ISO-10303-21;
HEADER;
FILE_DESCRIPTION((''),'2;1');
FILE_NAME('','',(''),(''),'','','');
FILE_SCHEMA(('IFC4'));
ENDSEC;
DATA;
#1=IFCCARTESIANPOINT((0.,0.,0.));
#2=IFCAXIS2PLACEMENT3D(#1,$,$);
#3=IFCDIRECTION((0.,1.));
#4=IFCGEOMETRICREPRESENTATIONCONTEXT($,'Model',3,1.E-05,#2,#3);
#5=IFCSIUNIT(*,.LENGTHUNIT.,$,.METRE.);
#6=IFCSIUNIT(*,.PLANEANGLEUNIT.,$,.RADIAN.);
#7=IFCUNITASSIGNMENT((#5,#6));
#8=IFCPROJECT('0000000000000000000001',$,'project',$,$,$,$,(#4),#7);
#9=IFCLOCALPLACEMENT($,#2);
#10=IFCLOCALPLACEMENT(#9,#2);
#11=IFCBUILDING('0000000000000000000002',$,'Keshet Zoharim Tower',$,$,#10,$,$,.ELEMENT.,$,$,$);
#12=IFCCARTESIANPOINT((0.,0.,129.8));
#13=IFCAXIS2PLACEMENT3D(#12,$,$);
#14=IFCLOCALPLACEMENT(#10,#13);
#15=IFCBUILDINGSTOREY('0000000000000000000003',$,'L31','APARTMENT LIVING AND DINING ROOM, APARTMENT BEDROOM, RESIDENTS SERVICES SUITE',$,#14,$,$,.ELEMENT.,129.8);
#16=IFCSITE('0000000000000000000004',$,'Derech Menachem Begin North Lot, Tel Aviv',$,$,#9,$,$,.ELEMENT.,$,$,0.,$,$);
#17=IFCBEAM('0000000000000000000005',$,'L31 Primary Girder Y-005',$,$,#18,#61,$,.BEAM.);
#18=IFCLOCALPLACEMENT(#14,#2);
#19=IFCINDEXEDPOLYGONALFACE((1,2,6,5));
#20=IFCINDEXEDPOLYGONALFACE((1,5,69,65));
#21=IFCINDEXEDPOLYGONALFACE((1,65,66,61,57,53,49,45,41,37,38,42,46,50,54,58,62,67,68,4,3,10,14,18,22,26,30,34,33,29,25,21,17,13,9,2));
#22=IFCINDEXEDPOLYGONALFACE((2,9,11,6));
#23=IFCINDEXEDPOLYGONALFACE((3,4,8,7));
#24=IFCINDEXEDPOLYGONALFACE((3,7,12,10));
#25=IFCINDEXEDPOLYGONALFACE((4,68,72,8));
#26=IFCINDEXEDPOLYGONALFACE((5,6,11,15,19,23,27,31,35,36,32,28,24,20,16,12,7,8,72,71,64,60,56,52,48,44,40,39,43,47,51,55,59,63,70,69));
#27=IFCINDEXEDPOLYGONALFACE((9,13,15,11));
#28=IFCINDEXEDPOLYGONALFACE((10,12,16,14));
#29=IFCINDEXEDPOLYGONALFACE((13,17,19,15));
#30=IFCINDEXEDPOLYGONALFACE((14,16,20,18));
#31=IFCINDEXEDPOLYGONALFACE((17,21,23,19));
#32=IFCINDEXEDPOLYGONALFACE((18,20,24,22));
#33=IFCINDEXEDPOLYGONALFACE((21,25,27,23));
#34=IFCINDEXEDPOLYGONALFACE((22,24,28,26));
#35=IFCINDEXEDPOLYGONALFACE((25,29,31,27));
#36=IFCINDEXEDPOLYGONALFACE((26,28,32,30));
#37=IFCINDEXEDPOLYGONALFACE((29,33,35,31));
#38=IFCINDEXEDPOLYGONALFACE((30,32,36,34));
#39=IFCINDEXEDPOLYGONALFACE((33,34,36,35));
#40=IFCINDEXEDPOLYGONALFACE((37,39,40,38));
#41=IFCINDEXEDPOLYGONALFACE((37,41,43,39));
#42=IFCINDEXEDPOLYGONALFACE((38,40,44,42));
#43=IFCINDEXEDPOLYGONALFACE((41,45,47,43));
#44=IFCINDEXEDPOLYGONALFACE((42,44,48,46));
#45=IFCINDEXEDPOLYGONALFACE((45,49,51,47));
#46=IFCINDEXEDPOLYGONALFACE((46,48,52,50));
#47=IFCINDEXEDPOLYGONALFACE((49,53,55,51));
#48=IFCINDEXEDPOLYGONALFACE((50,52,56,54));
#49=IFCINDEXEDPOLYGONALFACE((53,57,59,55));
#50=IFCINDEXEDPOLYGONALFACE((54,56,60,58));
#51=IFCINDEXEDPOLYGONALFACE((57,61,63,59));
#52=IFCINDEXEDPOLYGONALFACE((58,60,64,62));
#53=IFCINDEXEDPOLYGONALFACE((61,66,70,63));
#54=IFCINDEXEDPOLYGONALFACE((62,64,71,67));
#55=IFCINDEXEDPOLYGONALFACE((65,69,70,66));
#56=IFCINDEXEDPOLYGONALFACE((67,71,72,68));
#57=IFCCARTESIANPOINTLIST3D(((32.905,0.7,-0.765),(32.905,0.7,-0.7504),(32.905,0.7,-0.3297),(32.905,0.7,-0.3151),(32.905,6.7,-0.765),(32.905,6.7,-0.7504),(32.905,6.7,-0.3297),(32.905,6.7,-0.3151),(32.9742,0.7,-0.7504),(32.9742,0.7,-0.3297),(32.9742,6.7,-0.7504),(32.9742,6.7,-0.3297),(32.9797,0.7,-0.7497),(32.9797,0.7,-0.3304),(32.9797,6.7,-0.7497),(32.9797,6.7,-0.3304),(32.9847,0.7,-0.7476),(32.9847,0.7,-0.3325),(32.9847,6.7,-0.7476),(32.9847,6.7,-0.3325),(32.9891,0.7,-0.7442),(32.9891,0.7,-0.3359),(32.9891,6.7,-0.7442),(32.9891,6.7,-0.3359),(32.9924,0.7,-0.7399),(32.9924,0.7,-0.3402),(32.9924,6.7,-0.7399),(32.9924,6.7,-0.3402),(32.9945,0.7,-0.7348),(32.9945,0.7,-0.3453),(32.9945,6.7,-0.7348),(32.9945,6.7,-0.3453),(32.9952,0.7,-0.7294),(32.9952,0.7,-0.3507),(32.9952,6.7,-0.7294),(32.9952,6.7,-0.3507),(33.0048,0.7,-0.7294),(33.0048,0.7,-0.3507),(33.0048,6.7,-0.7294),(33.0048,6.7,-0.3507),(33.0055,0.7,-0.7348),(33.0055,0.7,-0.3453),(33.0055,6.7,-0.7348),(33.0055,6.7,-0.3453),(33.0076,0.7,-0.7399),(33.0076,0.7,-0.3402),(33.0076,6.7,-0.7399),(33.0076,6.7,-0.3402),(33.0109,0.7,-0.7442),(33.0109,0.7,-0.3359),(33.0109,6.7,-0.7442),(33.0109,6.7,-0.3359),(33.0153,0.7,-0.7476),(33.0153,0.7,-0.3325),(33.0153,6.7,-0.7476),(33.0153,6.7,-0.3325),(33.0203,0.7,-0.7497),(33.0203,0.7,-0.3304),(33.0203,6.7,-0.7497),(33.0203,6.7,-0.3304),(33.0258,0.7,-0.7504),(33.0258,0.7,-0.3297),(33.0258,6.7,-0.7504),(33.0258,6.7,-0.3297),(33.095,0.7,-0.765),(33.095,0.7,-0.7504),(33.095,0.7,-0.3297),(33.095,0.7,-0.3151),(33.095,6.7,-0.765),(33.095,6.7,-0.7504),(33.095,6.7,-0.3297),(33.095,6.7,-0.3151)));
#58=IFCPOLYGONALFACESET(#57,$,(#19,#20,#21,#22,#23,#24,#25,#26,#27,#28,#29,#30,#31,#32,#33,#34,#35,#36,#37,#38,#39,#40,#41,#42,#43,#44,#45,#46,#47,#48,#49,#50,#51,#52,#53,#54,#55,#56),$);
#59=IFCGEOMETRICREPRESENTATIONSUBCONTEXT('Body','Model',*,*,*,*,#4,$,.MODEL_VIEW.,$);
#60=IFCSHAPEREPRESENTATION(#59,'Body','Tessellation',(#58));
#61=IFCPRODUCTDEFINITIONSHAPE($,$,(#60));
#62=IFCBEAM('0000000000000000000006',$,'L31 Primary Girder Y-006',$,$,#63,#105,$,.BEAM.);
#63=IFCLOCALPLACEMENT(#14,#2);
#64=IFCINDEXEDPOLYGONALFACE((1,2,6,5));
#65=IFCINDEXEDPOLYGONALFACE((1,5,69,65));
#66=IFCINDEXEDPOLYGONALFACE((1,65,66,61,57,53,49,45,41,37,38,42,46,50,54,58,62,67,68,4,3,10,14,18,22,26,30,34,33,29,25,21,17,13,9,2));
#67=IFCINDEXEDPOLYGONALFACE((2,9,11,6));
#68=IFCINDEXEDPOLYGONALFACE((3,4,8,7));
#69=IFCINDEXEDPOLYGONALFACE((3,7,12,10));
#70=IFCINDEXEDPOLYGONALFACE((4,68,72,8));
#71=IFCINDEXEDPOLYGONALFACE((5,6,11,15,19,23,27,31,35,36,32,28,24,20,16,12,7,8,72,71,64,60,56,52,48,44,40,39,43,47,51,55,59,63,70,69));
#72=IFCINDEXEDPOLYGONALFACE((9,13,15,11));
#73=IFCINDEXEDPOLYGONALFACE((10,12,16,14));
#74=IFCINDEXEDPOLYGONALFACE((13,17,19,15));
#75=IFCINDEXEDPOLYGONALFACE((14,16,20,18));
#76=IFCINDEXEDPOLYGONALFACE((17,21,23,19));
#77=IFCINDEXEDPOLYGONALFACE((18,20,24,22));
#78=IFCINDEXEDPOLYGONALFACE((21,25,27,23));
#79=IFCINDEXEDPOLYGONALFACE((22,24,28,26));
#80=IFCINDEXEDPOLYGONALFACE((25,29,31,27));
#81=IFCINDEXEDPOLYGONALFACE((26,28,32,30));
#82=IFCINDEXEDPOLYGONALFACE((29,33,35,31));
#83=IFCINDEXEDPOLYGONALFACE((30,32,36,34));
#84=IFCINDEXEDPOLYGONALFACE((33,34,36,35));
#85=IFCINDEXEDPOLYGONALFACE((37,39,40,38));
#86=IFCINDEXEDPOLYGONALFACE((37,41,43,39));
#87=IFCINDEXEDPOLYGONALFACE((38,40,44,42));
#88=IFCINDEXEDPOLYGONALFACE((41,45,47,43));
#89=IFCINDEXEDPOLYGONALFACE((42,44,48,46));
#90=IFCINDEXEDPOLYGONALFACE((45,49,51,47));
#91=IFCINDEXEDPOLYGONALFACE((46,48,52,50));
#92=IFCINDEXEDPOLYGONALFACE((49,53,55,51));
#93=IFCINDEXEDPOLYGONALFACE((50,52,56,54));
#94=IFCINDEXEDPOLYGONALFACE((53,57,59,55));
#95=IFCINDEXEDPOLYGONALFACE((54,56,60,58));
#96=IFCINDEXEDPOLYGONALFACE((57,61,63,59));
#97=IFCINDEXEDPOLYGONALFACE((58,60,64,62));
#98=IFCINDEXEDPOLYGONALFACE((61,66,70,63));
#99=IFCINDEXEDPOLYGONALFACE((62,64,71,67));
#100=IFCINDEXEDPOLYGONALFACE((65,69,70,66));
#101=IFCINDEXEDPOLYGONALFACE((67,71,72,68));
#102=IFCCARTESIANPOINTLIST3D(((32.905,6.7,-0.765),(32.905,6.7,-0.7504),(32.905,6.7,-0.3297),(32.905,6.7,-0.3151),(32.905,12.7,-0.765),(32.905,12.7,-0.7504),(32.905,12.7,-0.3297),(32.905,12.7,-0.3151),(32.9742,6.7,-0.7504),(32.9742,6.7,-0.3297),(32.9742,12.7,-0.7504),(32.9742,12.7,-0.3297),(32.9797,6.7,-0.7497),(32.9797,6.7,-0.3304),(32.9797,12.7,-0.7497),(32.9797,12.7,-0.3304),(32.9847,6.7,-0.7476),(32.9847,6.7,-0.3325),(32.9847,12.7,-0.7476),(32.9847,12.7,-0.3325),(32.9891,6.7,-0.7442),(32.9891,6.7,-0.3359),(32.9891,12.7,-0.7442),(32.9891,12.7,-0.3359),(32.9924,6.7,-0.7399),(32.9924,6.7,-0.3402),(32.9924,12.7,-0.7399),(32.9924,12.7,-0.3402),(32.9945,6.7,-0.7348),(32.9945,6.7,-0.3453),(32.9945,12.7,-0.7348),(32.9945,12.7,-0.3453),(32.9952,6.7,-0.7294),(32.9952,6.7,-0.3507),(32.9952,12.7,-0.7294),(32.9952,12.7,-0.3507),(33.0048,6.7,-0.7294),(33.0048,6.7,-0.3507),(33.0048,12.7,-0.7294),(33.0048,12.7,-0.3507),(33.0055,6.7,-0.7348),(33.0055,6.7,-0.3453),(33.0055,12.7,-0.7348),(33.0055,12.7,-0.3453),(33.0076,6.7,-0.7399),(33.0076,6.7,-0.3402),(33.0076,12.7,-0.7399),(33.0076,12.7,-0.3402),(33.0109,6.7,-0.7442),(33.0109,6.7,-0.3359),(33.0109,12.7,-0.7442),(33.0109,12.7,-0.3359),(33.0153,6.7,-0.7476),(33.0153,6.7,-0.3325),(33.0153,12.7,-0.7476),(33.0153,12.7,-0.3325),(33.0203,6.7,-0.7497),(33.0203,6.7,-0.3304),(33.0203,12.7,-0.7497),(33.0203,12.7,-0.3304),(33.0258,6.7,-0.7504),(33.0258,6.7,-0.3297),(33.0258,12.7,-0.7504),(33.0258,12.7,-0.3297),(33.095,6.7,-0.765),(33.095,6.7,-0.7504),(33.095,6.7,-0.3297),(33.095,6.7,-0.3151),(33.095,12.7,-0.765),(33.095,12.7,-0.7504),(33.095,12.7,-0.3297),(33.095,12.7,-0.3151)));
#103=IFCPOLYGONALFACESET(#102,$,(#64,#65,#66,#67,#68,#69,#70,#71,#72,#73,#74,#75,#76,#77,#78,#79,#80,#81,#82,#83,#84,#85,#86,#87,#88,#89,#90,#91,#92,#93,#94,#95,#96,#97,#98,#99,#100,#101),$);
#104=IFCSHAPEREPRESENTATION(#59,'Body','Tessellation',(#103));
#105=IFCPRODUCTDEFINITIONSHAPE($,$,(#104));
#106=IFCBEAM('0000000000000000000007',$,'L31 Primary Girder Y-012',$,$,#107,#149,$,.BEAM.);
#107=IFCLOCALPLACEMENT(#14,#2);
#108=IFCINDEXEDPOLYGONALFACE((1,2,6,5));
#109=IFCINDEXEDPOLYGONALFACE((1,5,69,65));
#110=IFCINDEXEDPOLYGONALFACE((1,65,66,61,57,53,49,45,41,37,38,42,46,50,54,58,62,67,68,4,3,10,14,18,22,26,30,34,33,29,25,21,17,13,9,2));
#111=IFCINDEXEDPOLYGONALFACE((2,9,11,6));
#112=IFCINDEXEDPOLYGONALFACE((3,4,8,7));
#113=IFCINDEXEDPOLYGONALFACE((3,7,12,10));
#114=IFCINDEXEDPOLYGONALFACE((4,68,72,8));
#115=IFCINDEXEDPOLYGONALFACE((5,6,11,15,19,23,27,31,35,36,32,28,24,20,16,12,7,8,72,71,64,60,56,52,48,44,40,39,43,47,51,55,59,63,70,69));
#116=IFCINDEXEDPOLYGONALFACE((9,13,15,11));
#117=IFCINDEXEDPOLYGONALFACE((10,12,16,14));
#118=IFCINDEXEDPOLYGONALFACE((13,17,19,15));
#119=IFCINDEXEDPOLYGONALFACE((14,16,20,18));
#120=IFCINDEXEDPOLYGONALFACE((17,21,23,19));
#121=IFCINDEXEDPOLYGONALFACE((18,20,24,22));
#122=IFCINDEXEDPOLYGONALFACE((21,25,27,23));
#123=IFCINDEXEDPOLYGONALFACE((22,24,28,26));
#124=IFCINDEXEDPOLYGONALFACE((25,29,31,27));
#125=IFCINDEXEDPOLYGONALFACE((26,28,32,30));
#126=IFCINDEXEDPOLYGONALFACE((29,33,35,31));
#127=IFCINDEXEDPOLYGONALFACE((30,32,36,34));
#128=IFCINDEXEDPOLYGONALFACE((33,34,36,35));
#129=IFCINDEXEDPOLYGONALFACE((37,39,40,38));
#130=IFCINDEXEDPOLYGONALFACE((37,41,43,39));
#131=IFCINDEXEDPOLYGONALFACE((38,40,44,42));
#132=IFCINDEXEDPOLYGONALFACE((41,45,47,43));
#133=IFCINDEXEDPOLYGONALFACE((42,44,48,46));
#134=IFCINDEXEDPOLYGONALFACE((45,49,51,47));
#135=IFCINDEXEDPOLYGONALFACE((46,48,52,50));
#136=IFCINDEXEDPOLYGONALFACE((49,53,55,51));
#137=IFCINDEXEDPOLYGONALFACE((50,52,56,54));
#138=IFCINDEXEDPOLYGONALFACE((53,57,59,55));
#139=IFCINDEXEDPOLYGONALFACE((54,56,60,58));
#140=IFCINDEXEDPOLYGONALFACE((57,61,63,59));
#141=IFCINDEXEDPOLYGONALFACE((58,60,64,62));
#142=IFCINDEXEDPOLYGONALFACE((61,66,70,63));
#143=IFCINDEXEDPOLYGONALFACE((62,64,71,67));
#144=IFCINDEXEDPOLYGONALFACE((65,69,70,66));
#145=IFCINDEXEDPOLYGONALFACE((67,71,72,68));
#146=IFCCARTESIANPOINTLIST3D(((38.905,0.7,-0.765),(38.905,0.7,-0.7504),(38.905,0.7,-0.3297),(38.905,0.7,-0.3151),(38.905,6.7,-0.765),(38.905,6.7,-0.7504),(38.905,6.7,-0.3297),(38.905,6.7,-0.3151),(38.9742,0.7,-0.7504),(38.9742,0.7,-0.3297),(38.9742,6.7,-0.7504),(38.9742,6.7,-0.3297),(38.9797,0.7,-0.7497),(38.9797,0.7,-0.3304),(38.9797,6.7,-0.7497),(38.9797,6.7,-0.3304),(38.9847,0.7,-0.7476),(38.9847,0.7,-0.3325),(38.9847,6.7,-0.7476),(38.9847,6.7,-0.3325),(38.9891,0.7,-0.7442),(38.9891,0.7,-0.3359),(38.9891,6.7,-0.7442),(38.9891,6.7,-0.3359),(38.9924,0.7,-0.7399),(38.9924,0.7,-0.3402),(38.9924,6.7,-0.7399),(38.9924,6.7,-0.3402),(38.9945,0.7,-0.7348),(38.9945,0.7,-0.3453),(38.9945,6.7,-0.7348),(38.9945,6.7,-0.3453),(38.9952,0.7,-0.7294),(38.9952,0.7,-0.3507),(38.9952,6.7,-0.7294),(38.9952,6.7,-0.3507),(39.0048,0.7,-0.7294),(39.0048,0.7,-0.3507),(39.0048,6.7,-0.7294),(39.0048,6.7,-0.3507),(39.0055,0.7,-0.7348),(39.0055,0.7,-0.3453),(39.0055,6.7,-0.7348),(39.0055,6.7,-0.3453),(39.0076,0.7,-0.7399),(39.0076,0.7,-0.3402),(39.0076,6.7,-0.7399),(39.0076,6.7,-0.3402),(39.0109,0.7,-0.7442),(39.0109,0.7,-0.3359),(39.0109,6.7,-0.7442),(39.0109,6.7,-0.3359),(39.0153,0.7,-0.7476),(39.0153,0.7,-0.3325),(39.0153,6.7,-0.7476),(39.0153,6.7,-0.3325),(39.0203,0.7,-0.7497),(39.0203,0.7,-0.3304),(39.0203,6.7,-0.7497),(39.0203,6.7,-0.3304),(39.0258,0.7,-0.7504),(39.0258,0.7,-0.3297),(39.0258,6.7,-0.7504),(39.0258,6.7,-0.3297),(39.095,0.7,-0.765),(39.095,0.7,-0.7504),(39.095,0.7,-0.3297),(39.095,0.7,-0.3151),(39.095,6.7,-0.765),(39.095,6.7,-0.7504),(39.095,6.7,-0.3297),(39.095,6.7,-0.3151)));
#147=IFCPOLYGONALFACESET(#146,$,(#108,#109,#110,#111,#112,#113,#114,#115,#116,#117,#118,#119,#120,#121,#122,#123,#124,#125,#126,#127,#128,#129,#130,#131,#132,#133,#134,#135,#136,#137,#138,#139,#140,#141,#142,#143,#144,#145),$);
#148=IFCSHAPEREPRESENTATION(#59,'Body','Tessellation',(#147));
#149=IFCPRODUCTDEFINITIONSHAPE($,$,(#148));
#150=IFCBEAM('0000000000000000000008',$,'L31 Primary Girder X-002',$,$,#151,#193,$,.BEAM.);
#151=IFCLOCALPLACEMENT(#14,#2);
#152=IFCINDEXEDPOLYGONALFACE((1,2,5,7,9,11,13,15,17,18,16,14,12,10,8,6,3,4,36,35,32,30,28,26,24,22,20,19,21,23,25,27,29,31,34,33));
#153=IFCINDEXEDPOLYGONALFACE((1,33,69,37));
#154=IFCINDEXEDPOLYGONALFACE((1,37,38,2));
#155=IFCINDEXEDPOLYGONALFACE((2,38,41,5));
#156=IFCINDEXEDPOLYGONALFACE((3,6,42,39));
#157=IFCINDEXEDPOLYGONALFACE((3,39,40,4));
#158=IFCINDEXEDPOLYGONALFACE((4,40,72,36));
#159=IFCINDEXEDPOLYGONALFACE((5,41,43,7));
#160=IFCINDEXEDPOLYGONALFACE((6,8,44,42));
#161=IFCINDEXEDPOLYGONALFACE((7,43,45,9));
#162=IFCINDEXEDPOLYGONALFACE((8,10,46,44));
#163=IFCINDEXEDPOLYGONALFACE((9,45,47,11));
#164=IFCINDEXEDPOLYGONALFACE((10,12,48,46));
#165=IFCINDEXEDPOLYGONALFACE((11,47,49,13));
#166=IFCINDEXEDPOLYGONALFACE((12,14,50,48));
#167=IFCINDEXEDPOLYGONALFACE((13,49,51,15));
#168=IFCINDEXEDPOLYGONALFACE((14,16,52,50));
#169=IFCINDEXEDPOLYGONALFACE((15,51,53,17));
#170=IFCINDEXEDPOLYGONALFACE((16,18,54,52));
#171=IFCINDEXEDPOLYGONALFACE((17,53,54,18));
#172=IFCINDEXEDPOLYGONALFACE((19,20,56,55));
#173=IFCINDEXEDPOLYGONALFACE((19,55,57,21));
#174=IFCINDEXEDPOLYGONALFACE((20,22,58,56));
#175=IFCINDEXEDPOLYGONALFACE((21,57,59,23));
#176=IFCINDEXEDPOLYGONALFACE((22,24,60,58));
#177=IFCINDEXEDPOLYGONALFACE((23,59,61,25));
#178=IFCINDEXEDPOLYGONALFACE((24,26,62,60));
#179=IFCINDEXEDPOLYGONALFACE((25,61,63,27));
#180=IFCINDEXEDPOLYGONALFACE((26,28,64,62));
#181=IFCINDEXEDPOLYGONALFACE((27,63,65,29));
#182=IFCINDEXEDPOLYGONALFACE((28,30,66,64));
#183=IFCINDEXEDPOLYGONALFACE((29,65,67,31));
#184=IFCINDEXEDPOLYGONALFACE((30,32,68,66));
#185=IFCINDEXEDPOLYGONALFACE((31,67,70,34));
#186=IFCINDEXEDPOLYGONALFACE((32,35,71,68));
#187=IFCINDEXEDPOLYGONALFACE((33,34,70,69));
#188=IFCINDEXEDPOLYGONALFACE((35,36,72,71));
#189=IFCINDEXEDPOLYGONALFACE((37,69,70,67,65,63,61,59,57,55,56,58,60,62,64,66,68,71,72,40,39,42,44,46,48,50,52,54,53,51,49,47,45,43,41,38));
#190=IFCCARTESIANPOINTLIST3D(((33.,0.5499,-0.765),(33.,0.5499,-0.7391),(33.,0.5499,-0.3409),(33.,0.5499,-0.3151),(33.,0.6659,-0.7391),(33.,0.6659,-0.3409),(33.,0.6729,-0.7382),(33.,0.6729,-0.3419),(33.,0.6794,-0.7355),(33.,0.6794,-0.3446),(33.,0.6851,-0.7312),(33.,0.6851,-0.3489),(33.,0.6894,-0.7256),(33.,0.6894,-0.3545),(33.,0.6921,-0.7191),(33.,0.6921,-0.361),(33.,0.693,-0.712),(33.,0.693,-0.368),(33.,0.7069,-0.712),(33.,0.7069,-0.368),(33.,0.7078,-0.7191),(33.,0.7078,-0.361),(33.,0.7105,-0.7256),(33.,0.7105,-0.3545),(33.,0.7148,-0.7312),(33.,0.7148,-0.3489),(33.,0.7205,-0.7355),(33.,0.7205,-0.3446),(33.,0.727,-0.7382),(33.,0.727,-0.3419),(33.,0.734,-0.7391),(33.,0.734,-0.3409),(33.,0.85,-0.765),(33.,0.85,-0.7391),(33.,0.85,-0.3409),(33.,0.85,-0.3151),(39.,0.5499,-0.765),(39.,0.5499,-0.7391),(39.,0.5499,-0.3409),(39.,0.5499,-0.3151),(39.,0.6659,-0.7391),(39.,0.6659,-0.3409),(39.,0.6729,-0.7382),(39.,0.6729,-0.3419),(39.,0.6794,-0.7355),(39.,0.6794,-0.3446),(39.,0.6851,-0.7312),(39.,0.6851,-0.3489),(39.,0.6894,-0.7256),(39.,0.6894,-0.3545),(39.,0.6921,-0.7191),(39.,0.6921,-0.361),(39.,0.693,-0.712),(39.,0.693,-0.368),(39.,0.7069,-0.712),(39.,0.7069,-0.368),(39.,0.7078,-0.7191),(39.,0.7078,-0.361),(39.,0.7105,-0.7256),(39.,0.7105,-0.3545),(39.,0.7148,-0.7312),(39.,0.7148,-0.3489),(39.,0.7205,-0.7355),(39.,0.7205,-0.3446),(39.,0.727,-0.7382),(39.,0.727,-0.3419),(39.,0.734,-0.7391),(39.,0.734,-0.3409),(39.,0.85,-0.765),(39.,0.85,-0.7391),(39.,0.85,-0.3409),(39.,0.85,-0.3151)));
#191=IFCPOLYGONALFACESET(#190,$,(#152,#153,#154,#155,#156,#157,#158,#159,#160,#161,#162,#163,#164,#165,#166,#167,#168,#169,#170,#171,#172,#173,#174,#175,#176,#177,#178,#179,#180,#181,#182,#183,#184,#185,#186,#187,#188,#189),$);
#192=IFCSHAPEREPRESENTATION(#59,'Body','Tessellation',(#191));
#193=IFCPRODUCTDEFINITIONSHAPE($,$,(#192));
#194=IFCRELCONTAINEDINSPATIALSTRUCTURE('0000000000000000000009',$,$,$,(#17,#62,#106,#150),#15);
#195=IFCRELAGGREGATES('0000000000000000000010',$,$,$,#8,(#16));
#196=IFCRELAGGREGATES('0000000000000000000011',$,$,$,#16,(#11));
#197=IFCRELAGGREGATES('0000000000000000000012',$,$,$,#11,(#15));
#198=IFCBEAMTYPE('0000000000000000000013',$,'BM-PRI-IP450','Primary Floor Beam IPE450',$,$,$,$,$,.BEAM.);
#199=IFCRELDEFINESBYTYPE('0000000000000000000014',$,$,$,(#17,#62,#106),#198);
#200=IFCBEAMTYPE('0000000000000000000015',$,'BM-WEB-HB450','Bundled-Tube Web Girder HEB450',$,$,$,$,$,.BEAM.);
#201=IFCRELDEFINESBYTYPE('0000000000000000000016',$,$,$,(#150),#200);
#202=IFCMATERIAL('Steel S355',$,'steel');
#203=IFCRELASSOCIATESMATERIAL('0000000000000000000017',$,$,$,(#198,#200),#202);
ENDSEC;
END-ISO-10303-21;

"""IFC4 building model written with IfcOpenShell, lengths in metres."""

from ifc_helpers import new_model, si_unit, direction, frame, origin, origin_2d, place, context, subcontext, project, spatial, i_section, extrude, material, material_profile, profile_set, type_object, element, save


model = new_model("IFC4")

# Units and contexts
model_context = context("Model", 3, precision=1e-05, world=origin(), true_north=direction((0.0, 1.0)))
body_context = subcontext(model_context, "Body", "Model", "MODEL_VIEW")
ifc_project = project(units=[si_unit("LENGTHUNIT", "METRE"), si_unit("PLANEANGLEUNIT", "RADIAN")], contexts=[model_context])

# Site, building, storey
site_placement = place(None, origin())
site = spatial("IfcSite", under=ifc_project, at=site_placement, Name="Derech Menachem Begin North Lot, Tel Aviv", CompositionType="ELEMENT", RefElevation=0.0)
building_placement = place(site_placement, origin())
building = spatial("IfcBuilding", under=site, at=building_placement, Name="Keshet Zoharim Tower", CompositionType="ELEMENT")
storey_placement = place(building_placement, frame((0.0, 0.0, 129.8)))
storey = spatial("IfcBuildingStorey", under=building, at=storey_placement, Name="L31", Description="APARTMENT LIVING AND DINING ROOM, APARTMENT BEDROOM, RESIDENTS SERVICES SUITE", CompositionType="ELEMENT", Elevation=129.8)

# Shared definitions
ifc_material_1 = material(Name="Steel S355", Category="steel")

# Beams
ifc_material_profile_1 = material_profile(ifc_material_1, i_section(OverallWidth=0.1899, OverallDepth=0.45, WebThickness=0.0095, FlangeThickness=0.0146, FilletRadius=0.021, at=origin_2d()), Name="IPE450")
ifc_profile_set_1 = profile_set([ifc_material_profile_1], Name="Steel S355")
beam_type_1 = type_object("IfcBeamType", Name="BM-PRI-IP450", Description="Primary Floor Beam IPE450", PredefinedType="BEAM", material=ifc_profile_set_1)
for number, where, z_axis, x_axis, name in (
    (1, (33.0, 0.7, -0.54), (0.0, 1.0, 0.0), (-1.0, 0.0, 0.0), "L31 Primary Girder Y-005"),
    (2, (33.0, 6.7, -0.54), (0.0, 1.0, 0.0), (-1.0, 0.0, 0.0), "L31 Primary Girder Y-006"),
    (3, (39.0, 0.7, -0.54), (0.0, 1.0, 0.0), (-1.0, 0.0, 0.0), "L31 Primary Girder Y-012"),
):
    element("IfcBeam", number, at=place(storey_placement, frame(where, z_axis=z_axis, x_axis=x_axis)), inside=storey, type_object=beam_type_1, Name=name, PredefinedType="BEAM", context=body_context, shape_type="SweptSolid", body=[
        extrude(i_section(OverallWidth=0.1899, OverallDepth=0.45, WebThickness=0.0095, FlangeThickness=0.0146, FilletRadius=0.021, at=origin_2d()), origin(), (0.0, 0.0, 1.0), 6.0),
    ])
ifc_material_profile_2 = material_profile(ifc_material_1, i_section(OverallWidth=0.3, OverallDepth=0.45, WebThickness=0.0139, FlangeThickness=0.0259, FilletRadius=0.0271, at=origin_2d()), Name="HEB450")
ifc_profile_set_2 = profile_set([ifc_material_profile_2], Name="Steel S355")
beam_type_2 = type_object("IfcBeamType", Name="BM-WEB-HB450", Description="Bundled-Tube Web Girder HEB450", PredefinedType="BEAM", material=ifc_profile_set_2)
for number, where, z_axis, x_axis, name in (
    (4, (33.0, 0.7, -0.54), (1.0, 0.0, 0.0), (0.0, 1.0, 0.0), "L31 Primary Girder X-002"),
):
    element("IfcBeam", number, at=place(storey_placement, frame(where, z_axis=z_axis, x_axis=x_axis)), inside=storey, type_object=beam_type_2, Name=name, PredefinedType="BEAM", context=body_context, shape_type="SweptSolid", body=[
        extrude(i_section(OverallWidth=0.3, OverallDepth=0.45, WebThickness=0.0139, FlangeThickness=0.0259, FilletRadius=0.0271, at=origin_2d()), origin(), (0.0, 0.0, 1.0), 6.0),
    ])

save(model, "model.ifc")
